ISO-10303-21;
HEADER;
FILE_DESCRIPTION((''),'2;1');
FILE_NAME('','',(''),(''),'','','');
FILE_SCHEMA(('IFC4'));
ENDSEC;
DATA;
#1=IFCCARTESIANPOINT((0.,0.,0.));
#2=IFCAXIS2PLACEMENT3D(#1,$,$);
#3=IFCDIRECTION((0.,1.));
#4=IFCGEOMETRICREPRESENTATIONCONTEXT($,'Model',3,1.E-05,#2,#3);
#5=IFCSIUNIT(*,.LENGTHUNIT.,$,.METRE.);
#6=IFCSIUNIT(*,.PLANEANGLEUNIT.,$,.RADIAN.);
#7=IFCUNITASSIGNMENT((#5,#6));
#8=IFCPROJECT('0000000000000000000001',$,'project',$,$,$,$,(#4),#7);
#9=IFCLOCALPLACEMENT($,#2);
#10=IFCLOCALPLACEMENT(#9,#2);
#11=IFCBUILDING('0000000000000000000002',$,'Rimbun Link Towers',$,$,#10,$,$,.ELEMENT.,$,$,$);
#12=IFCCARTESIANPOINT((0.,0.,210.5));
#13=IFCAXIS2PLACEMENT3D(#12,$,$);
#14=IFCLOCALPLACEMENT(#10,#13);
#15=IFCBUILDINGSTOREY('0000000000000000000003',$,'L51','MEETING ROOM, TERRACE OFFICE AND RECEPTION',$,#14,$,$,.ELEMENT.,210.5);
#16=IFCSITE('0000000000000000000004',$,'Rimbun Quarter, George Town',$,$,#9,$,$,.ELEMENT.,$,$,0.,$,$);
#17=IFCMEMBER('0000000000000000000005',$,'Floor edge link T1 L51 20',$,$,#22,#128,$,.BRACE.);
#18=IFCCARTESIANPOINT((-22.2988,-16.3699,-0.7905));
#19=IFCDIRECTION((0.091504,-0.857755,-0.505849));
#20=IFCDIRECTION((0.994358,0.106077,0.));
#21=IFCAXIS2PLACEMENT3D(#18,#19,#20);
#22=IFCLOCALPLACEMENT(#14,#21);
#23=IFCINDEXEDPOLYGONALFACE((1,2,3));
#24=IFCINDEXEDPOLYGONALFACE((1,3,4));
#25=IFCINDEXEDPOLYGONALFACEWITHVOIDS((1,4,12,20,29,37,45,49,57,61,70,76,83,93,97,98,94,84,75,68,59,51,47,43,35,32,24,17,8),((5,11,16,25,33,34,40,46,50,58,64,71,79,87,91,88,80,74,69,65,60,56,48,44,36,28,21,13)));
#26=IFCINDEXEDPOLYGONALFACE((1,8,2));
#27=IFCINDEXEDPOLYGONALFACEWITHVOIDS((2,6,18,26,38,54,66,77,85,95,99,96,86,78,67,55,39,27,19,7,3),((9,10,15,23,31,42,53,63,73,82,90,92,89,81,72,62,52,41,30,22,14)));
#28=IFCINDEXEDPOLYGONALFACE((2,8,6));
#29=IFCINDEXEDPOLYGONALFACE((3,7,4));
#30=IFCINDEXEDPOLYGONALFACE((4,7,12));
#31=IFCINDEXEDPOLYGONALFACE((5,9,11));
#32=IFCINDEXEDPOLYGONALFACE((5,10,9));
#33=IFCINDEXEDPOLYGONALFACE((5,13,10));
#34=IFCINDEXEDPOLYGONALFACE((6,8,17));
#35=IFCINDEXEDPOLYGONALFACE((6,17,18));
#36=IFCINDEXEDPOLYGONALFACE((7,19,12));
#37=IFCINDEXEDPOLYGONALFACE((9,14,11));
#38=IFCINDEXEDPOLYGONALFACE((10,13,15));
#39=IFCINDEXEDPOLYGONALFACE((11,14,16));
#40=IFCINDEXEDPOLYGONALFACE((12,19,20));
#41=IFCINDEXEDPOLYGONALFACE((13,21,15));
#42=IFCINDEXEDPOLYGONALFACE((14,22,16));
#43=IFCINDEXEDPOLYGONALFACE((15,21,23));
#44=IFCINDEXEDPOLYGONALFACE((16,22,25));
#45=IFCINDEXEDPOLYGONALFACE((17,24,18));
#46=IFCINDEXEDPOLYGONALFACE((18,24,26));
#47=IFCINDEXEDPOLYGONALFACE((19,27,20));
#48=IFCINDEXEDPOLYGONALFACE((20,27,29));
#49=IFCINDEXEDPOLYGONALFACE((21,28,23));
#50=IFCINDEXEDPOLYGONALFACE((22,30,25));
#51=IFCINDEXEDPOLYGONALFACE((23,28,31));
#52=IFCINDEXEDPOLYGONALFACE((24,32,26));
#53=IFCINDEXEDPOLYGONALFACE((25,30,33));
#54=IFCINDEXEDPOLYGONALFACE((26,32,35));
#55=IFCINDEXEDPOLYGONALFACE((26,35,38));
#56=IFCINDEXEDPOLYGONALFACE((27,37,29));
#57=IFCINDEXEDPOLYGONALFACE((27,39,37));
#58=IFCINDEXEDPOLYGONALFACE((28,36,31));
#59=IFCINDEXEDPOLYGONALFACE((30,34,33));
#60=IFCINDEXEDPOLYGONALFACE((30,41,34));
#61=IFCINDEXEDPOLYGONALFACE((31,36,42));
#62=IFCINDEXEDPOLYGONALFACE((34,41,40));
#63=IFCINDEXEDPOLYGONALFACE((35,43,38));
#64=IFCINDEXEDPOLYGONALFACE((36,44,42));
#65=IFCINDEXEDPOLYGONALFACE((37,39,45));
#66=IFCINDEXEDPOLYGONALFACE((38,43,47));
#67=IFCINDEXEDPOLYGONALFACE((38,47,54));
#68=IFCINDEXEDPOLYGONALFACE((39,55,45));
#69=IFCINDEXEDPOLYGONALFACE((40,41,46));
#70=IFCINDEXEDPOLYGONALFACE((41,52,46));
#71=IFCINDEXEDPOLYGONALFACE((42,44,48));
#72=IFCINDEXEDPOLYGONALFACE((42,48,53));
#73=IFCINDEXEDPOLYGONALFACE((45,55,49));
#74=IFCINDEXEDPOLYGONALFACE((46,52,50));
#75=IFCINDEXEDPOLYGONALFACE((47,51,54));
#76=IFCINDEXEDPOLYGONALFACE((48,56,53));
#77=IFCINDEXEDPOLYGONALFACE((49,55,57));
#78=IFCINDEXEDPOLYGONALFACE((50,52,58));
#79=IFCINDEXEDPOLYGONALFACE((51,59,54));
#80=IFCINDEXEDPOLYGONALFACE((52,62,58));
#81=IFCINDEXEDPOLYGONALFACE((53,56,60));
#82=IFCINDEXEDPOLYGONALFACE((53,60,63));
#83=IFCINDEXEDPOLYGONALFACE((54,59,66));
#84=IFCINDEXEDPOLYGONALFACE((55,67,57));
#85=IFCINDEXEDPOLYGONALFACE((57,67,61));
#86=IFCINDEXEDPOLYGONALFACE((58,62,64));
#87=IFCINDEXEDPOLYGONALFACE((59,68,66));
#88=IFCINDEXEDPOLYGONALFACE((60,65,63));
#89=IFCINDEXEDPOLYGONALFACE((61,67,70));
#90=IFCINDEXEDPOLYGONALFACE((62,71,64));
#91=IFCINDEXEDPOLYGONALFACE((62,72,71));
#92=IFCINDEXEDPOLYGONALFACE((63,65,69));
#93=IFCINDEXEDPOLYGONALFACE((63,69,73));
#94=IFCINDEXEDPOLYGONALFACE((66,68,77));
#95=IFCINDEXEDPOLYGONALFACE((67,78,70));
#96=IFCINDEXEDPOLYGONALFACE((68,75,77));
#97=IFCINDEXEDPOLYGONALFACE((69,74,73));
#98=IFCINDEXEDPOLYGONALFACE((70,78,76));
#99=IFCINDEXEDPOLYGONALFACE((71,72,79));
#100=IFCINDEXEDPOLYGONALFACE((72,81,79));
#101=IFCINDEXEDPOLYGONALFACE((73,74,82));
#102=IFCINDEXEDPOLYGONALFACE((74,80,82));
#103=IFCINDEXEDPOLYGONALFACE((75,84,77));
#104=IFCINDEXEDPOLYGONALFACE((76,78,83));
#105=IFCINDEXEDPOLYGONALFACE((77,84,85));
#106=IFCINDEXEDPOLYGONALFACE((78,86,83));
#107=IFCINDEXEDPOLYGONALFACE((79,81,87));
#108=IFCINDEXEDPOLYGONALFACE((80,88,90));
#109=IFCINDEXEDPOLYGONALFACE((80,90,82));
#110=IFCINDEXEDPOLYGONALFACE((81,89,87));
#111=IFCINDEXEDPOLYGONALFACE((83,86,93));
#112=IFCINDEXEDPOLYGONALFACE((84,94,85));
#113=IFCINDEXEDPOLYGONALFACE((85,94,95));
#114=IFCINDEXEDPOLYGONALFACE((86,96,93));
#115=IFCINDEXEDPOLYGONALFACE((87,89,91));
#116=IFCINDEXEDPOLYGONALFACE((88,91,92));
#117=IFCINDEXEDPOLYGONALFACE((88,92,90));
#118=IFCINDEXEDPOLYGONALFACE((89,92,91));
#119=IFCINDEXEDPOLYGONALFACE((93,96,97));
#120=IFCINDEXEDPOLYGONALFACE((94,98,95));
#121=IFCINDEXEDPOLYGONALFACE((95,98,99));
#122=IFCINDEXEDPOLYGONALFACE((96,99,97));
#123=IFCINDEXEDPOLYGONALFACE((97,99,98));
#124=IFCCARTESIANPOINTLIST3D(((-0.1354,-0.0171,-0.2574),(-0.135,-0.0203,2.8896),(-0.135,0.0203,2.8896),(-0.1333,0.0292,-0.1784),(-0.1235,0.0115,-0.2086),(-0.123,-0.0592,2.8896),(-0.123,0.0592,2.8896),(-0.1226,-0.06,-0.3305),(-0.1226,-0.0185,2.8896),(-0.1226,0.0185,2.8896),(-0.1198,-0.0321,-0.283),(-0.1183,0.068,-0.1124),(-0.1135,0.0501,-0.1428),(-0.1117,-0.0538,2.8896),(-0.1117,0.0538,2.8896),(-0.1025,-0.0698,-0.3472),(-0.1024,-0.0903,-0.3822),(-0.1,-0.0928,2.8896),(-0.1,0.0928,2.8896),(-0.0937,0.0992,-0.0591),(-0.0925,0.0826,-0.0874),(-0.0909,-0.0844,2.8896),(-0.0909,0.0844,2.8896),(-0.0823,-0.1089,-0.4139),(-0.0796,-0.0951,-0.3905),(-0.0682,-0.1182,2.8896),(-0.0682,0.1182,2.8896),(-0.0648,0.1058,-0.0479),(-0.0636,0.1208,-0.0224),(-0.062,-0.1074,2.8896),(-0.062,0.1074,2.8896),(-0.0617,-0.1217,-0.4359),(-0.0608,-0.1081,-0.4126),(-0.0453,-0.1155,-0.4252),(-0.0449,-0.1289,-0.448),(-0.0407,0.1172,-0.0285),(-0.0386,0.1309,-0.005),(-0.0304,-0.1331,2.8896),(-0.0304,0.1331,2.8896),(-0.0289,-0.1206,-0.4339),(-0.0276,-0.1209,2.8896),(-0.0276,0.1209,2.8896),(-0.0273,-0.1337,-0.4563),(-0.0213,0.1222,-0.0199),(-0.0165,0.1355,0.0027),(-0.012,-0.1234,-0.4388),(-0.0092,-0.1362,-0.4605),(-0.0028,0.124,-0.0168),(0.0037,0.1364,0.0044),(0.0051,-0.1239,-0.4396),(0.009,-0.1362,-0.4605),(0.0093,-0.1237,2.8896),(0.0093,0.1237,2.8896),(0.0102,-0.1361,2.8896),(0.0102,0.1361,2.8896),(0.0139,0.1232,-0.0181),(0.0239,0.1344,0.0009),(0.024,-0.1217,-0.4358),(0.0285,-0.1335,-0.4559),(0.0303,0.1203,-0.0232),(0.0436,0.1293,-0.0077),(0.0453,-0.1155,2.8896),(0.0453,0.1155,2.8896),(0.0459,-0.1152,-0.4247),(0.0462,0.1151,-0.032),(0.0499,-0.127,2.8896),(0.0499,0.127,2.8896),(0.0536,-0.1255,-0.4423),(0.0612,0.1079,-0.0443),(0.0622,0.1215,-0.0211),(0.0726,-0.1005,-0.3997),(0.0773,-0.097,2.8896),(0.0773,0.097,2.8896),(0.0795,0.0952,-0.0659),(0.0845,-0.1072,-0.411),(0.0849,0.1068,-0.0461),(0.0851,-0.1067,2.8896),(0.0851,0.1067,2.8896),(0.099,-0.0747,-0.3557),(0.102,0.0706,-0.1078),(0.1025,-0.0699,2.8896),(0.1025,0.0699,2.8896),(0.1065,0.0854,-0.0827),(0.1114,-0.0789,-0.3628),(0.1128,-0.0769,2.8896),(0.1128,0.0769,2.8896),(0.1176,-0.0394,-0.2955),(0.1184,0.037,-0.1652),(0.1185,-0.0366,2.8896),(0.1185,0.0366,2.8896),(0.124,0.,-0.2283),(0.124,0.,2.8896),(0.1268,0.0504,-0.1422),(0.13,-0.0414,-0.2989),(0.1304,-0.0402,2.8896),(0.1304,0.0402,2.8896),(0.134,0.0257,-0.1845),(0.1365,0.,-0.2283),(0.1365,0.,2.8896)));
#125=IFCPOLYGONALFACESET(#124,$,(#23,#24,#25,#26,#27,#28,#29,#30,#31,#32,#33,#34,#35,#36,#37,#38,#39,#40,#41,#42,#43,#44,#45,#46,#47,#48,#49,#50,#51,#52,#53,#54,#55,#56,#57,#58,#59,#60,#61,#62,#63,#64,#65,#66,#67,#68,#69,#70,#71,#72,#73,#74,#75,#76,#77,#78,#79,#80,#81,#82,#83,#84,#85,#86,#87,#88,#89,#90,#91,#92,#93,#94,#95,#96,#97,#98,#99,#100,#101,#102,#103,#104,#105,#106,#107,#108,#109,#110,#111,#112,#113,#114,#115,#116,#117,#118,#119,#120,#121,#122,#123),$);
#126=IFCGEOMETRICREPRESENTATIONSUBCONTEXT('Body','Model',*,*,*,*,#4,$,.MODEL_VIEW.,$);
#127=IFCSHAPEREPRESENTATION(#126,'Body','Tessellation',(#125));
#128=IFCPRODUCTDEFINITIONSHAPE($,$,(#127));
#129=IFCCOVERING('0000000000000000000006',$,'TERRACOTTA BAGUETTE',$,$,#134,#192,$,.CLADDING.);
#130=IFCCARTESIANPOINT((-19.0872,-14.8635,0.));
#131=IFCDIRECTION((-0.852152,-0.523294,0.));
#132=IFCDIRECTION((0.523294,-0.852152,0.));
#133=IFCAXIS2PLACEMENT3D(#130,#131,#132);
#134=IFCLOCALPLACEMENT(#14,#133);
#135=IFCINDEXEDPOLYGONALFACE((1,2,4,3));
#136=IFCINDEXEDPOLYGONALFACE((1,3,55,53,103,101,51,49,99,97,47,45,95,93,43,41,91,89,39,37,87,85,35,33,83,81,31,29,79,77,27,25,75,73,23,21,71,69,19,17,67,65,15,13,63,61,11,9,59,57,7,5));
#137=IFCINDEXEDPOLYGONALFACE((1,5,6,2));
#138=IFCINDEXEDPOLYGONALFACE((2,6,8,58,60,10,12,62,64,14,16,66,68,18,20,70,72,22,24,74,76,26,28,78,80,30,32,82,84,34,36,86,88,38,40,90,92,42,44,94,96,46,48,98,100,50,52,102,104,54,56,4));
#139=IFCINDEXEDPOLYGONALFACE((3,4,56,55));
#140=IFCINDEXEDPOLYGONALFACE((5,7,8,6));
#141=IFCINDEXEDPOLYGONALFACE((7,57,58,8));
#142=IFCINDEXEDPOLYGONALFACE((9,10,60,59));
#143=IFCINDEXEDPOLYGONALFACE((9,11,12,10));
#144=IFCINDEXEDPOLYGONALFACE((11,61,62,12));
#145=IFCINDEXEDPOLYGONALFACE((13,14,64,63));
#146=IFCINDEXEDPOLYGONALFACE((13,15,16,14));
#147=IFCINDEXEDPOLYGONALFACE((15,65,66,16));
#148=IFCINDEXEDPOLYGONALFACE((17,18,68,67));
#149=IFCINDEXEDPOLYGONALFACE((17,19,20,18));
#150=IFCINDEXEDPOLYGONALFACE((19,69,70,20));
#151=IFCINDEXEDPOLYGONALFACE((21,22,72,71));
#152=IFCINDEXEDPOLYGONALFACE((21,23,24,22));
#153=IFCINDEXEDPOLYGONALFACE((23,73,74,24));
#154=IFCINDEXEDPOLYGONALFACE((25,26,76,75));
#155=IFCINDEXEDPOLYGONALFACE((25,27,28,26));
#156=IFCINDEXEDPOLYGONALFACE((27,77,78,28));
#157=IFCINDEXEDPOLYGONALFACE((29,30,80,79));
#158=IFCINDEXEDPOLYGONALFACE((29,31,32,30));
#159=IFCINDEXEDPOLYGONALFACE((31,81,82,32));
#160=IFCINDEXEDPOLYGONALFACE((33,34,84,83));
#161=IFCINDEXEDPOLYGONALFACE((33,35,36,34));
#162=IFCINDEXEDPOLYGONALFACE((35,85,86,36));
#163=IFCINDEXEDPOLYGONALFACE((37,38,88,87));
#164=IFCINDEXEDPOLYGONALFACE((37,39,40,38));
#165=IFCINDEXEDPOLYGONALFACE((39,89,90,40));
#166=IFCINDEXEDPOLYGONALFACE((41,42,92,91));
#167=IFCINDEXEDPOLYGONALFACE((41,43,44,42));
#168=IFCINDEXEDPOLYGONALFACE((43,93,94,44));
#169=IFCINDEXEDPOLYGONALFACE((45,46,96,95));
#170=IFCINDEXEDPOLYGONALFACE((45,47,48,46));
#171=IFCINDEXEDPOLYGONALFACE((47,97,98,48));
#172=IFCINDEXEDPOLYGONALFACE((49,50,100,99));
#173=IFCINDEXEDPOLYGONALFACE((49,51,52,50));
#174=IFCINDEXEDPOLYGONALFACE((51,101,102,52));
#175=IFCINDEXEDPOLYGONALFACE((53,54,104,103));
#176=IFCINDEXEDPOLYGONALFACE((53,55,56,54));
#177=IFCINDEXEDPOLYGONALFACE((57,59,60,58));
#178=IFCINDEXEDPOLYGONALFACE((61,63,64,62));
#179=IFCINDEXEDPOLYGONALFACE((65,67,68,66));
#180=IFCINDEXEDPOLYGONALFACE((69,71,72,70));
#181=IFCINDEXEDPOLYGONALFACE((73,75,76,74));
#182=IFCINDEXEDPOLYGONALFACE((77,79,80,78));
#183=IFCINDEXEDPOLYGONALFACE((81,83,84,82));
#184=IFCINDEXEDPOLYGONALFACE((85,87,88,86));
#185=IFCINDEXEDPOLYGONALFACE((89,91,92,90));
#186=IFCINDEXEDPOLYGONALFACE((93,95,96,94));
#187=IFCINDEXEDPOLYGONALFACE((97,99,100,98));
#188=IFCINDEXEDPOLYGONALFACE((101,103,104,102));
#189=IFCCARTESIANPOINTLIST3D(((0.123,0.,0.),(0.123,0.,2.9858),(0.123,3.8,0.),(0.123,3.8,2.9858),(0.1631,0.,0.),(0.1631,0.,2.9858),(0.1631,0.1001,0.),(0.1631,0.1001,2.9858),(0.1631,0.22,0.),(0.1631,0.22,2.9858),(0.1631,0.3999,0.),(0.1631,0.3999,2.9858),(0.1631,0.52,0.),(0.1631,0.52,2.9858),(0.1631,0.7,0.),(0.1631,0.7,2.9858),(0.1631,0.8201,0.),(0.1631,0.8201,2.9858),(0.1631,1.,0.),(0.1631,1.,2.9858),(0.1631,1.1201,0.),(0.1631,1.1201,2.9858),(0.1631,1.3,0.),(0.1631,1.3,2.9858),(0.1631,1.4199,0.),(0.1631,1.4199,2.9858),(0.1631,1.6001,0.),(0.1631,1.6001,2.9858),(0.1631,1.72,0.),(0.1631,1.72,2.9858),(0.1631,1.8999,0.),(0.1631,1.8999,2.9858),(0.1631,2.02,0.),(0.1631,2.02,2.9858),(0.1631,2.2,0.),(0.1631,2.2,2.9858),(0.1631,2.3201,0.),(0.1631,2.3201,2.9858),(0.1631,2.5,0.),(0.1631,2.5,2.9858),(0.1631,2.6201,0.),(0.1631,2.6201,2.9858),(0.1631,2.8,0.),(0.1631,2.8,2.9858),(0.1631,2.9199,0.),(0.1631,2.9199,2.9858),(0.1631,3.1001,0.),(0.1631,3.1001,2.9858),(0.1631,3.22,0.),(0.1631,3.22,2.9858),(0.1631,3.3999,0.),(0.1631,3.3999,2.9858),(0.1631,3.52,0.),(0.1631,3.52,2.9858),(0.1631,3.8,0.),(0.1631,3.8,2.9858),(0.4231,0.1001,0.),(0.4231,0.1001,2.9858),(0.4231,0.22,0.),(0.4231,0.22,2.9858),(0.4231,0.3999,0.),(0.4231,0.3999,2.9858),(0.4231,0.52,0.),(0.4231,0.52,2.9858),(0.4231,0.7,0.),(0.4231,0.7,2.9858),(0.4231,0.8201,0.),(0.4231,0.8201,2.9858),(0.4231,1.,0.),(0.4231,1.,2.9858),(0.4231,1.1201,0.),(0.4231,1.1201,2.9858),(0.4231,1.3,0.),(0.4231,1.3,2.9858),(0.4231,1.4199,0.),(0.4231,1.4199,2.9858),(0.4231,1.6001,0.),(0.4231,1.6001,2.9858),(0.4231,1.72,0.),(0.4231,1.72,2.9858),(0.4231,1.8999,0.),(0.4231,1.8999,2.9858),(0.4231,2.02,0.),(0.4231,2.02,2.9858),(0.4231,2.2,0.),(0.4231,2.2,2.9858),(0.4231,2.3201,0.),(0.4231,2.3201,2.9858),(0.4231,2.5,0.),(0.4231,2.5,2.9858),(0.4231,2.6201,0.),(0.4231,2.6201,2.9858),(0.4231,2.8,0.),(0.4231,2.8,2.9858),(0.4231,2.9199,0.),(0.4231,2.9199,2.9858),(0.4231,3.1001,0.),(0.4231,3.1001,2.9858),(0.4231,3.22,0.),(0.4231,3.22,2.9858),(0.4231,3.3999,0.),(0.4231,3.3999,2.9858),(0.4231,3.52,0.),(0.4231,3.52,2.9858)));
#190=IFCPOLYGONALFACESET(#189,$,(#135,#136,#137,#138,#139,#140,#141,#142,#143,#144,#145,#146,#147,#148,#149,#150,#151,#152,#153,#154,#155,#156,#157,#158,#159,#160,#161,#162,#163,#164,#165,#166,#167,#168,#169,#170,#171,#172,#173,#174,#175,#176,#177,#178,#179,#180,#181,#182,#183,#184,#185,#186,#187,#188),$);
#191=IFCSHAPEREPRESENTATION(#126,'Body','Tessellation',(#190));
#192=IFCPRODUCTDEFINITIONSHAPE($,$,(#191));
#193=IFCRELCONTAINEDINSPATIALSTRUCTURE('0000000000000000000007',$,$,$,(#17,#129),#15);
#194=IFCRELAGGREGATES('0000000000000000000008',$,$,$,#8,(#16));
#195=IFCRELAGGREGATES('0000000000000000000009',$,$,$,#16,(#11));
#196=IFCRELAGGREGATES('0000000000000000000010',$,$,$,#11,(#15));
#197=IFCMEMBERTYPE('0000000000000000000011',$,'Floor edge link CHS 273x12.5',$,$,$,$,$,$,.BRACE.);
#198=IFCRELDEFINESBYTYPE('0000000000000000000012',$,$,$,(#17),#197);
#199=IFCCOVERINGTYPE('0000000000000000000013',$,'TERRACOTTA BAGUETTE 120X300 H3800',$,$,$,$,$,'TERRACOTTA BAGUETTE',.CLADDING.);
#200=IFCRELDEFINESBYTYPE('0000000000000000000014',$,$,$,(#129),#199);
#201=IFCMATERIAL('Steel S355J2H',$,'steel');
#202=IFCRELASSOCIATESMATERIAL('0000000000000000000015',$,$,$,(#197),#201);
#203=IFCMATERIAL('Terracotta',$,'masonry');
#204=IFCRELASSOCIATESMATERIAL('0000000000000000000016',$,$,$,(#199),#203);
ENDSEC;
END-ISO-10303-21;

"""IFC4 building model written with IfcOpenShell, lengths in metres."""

from ifc_helpers import new_model, si_unit, direction, frame, origin, origin_2d, place, context, subcontext, project, spatial, polyline, hollow_circle, outline, extrude, clip, halfspace, material, material_profile, profile_set, type_object, element, save


model = new_model("IFC4")

# Units and contexts
model_context = context("Model", 3, precision=1e-05, world=origin(), true_north=direction((0.0, 1.0)))
body_context = subcontext(model_context, "Body", "Model", "MODEL_VIEW")
ifc_project = project(units=[si_unit("LENGTHUNIT", "METRE"), si_unit("PLANEANGLEUNIT", "RADIAN")], contexts=[model_context])

# Site, building, storey
site_placement = place(None, origin())
site = spatial("IfcSite", under=ifc_project, at=site_placement, Name="Rimbun Quarter, George Town", CompositionType="ELEMENT", RefElevation=0.0)
building_placement = place(site_placement, origin())
building = spatial("IfcBuilding", under=site, at=building_placement, Name="Rimbun Link Towers", CompositionType="ELEMENT")
storey_placement = place(building_placement, frame((0.0, 0.0, 210.5)))
storey = spatial("IfcBuildingStorey", under=building, at=storey_placement, Name="L51", Description="MEETING ROOM, TERRACE OFFICE AND RECEPTION", CompositionType="ELEMENT", Elevation=210.5)

# Member
ifc_material_1 = material(Name="Steel S355J2H", Category="steel")
ifc_material_profile_1 = material_profile(ifc_material_1, hollow_circle(Radius=0.1365, WallThickness=0.0125, at=origin_2d()), Name="CHS 273x12.5")
ifc_profile_set_1 = profile_set([ifc_material_profile_1], Name="Steel S355J2H")
member_type_1 = type_object("IfcMemberType", Name="Floor edge link CHS 273x12.5", PredefinedType="BRACE", material=ifc_profile_set_1)
member_1_placement = place(storey_placement, frame((-22.2988, -16.3699, -0.7905), z_axis=(0.091504, -0.857755, -0.505849), x_axis=(0.994358, 0.106077, 0.0)))
element("IfcMember", 1, at=member_1_placement, inside=storey, type_object=member_type_1, Name="Floor edge link T1 L51 20", PredefinedType="BRACE", context=body_context, shape_type="Clipping", body=[
    clip(extrude(hollow_circle(Radius=0.1365, WallThickness=0.0125, at=origin_2d()), frame((0.0, 0.0, -0.4854)), (0.0, 0.0, 1.0), 3.375), halfspace(frame((0.0, 0.0, -0.2283), z_axis=(0.0, 0.862622, -0.505849)), False)),
])

# Covering
ifc_material_2 = material(Name="Terracotta", Category="masonry")
ifc_material_profile_2 = material_profile(ifc_material_2, outline(polyline([(0.123, 0.0), (0.1631, 0.0), (0.1631, 0.1001), (0.4231, 0.1001), (0.4231, 0.22), (0.1631, 0.22), (0.1631, 0.3999), (0.4231, 0.3999), (0.4231, 0.52), (0.1631, 0.52), (0.1631, 0.7), (0.4231, 0.7), (0.4231, 0.8201), (0.1631, 0.8201), (0.1631, 1.0), (0.4231, 1.0), (0.4231, 1.1201), (0.1631, 1.1201), (0.1631, 1.3), (0.4231, 1.3), (0.4231, 1.4199), (0.1631, 1.4199), (0.1631, 1.6001), (0.4231, 1.6001), (0.4231, 1.72), (0.1631, 1.72), (0.1631, 1.8999), (0.4231, 1.8999), (0.4231, 2.02), (0.1631, 2.02), (0.1631, 2.2), (0.4231, 2.2), (0.4231, 2.3201), (0.1631, 2.3201), (0.1631, 2.5), (0.4231, 2.5), (0.4231, 2.6201), (0.1631, 2.6201), (0.1631, 2.8), (0.4231, 2.8), (0.4231, 2.9199), (0.1631, 2.9199), (0.1631, 3.1001), (0.4231, 3.1001), (0.4231, 3.22), (0.1631, 3.22), (0.1631, 3.3999), (0.4231, 3.3999), (0.4231, 3.52), (0.1631, 3.52), (0.1631, 3.8), (0.123, 3.8), (0.123, 0.0)])), Name="BAGUETTE 120X300")
ifc_profile_set_2 = profile_set([ifc_material_profile_2], Name="Terracotta")
covering_type = type_object("IfcCoveringType", Name="TERRACOTTA BAGUETTE 120X300 H3800", ElementType="TERRACOTTA BAGUETTE", PredefinedType="CLADDING", material=ifc_profile_set_2)
covering_placement = place(storey_placement, frame((-19.0872, -14.8635, 0.0), z_axis=(-0.852152, -0.523294, 0.0), x_axis=(0.523294, -0.852152, 0.0)))
element("IfcCovering", 2, at=covering_placement, inside=storey, type_object=covering_type, Name="TERRACOTTA BAGUETTE", PredefinedType="CLADDING", context=body_context, shape_type="SweptSolid", body=[
    extrude(outline(polyline([(0.123, 0.0), (0.1631, 0.0), (0.1631, 0.1001), (0.4231, 0.1001), (0.4231, 0.22), (0.1631, 0.22), (0.1631, 0.3999), (0.4231, 0.3999), (0.4231, 0.52), (0.1631, 0.52), (0.1631, 0.7), (0.4231, 0.7), (0.4231, 0.8201), (0.1631, 0.8201), (0.1631, 1.0), (0.4231, 1.0), (0.4231, 1.1201), (0.1631, 1.1201), (0.1631, 1.3), (0.4231, 1.3), (0.4231, 1.4199), (0.1631, 1.4199), (0.1631, 1.6001), (0.4231, 1.6001), (0.4231, 1.72), (0.1631, 1.72), (0.1631, 1.8999), (0.4231, 1.8999), (0.4231, 2.02), (0.1631, 2.02), (0.1631, 2.2), (0.4231, 2.2), (0.4231, 2.3201), (0.1631, 2.3201), (0.1631, 2.5), (0.4231, 2.5), (0.4231, 2.6201), (0.1631, 2.6201), (0.1631, 2.8), (0.4231, 2.8), (0.4231, 2.9199), (0.1631, 2.9199), (0.1631, 3.1001), (0.4231, 3.1001), (0.4231, 3.22), (0.1631, 3.22), (0.1631, 3.3999), (0.4231, 3.3999), (0.4231, 3.52), (0.1631, 3.52), (0.1631, 3.8), (0.123, 3.8), (0.123, 0.0)])), origin(), (0.0, 0.0, 1.0), 2.9858),
])

save(model, "model.ifc")
